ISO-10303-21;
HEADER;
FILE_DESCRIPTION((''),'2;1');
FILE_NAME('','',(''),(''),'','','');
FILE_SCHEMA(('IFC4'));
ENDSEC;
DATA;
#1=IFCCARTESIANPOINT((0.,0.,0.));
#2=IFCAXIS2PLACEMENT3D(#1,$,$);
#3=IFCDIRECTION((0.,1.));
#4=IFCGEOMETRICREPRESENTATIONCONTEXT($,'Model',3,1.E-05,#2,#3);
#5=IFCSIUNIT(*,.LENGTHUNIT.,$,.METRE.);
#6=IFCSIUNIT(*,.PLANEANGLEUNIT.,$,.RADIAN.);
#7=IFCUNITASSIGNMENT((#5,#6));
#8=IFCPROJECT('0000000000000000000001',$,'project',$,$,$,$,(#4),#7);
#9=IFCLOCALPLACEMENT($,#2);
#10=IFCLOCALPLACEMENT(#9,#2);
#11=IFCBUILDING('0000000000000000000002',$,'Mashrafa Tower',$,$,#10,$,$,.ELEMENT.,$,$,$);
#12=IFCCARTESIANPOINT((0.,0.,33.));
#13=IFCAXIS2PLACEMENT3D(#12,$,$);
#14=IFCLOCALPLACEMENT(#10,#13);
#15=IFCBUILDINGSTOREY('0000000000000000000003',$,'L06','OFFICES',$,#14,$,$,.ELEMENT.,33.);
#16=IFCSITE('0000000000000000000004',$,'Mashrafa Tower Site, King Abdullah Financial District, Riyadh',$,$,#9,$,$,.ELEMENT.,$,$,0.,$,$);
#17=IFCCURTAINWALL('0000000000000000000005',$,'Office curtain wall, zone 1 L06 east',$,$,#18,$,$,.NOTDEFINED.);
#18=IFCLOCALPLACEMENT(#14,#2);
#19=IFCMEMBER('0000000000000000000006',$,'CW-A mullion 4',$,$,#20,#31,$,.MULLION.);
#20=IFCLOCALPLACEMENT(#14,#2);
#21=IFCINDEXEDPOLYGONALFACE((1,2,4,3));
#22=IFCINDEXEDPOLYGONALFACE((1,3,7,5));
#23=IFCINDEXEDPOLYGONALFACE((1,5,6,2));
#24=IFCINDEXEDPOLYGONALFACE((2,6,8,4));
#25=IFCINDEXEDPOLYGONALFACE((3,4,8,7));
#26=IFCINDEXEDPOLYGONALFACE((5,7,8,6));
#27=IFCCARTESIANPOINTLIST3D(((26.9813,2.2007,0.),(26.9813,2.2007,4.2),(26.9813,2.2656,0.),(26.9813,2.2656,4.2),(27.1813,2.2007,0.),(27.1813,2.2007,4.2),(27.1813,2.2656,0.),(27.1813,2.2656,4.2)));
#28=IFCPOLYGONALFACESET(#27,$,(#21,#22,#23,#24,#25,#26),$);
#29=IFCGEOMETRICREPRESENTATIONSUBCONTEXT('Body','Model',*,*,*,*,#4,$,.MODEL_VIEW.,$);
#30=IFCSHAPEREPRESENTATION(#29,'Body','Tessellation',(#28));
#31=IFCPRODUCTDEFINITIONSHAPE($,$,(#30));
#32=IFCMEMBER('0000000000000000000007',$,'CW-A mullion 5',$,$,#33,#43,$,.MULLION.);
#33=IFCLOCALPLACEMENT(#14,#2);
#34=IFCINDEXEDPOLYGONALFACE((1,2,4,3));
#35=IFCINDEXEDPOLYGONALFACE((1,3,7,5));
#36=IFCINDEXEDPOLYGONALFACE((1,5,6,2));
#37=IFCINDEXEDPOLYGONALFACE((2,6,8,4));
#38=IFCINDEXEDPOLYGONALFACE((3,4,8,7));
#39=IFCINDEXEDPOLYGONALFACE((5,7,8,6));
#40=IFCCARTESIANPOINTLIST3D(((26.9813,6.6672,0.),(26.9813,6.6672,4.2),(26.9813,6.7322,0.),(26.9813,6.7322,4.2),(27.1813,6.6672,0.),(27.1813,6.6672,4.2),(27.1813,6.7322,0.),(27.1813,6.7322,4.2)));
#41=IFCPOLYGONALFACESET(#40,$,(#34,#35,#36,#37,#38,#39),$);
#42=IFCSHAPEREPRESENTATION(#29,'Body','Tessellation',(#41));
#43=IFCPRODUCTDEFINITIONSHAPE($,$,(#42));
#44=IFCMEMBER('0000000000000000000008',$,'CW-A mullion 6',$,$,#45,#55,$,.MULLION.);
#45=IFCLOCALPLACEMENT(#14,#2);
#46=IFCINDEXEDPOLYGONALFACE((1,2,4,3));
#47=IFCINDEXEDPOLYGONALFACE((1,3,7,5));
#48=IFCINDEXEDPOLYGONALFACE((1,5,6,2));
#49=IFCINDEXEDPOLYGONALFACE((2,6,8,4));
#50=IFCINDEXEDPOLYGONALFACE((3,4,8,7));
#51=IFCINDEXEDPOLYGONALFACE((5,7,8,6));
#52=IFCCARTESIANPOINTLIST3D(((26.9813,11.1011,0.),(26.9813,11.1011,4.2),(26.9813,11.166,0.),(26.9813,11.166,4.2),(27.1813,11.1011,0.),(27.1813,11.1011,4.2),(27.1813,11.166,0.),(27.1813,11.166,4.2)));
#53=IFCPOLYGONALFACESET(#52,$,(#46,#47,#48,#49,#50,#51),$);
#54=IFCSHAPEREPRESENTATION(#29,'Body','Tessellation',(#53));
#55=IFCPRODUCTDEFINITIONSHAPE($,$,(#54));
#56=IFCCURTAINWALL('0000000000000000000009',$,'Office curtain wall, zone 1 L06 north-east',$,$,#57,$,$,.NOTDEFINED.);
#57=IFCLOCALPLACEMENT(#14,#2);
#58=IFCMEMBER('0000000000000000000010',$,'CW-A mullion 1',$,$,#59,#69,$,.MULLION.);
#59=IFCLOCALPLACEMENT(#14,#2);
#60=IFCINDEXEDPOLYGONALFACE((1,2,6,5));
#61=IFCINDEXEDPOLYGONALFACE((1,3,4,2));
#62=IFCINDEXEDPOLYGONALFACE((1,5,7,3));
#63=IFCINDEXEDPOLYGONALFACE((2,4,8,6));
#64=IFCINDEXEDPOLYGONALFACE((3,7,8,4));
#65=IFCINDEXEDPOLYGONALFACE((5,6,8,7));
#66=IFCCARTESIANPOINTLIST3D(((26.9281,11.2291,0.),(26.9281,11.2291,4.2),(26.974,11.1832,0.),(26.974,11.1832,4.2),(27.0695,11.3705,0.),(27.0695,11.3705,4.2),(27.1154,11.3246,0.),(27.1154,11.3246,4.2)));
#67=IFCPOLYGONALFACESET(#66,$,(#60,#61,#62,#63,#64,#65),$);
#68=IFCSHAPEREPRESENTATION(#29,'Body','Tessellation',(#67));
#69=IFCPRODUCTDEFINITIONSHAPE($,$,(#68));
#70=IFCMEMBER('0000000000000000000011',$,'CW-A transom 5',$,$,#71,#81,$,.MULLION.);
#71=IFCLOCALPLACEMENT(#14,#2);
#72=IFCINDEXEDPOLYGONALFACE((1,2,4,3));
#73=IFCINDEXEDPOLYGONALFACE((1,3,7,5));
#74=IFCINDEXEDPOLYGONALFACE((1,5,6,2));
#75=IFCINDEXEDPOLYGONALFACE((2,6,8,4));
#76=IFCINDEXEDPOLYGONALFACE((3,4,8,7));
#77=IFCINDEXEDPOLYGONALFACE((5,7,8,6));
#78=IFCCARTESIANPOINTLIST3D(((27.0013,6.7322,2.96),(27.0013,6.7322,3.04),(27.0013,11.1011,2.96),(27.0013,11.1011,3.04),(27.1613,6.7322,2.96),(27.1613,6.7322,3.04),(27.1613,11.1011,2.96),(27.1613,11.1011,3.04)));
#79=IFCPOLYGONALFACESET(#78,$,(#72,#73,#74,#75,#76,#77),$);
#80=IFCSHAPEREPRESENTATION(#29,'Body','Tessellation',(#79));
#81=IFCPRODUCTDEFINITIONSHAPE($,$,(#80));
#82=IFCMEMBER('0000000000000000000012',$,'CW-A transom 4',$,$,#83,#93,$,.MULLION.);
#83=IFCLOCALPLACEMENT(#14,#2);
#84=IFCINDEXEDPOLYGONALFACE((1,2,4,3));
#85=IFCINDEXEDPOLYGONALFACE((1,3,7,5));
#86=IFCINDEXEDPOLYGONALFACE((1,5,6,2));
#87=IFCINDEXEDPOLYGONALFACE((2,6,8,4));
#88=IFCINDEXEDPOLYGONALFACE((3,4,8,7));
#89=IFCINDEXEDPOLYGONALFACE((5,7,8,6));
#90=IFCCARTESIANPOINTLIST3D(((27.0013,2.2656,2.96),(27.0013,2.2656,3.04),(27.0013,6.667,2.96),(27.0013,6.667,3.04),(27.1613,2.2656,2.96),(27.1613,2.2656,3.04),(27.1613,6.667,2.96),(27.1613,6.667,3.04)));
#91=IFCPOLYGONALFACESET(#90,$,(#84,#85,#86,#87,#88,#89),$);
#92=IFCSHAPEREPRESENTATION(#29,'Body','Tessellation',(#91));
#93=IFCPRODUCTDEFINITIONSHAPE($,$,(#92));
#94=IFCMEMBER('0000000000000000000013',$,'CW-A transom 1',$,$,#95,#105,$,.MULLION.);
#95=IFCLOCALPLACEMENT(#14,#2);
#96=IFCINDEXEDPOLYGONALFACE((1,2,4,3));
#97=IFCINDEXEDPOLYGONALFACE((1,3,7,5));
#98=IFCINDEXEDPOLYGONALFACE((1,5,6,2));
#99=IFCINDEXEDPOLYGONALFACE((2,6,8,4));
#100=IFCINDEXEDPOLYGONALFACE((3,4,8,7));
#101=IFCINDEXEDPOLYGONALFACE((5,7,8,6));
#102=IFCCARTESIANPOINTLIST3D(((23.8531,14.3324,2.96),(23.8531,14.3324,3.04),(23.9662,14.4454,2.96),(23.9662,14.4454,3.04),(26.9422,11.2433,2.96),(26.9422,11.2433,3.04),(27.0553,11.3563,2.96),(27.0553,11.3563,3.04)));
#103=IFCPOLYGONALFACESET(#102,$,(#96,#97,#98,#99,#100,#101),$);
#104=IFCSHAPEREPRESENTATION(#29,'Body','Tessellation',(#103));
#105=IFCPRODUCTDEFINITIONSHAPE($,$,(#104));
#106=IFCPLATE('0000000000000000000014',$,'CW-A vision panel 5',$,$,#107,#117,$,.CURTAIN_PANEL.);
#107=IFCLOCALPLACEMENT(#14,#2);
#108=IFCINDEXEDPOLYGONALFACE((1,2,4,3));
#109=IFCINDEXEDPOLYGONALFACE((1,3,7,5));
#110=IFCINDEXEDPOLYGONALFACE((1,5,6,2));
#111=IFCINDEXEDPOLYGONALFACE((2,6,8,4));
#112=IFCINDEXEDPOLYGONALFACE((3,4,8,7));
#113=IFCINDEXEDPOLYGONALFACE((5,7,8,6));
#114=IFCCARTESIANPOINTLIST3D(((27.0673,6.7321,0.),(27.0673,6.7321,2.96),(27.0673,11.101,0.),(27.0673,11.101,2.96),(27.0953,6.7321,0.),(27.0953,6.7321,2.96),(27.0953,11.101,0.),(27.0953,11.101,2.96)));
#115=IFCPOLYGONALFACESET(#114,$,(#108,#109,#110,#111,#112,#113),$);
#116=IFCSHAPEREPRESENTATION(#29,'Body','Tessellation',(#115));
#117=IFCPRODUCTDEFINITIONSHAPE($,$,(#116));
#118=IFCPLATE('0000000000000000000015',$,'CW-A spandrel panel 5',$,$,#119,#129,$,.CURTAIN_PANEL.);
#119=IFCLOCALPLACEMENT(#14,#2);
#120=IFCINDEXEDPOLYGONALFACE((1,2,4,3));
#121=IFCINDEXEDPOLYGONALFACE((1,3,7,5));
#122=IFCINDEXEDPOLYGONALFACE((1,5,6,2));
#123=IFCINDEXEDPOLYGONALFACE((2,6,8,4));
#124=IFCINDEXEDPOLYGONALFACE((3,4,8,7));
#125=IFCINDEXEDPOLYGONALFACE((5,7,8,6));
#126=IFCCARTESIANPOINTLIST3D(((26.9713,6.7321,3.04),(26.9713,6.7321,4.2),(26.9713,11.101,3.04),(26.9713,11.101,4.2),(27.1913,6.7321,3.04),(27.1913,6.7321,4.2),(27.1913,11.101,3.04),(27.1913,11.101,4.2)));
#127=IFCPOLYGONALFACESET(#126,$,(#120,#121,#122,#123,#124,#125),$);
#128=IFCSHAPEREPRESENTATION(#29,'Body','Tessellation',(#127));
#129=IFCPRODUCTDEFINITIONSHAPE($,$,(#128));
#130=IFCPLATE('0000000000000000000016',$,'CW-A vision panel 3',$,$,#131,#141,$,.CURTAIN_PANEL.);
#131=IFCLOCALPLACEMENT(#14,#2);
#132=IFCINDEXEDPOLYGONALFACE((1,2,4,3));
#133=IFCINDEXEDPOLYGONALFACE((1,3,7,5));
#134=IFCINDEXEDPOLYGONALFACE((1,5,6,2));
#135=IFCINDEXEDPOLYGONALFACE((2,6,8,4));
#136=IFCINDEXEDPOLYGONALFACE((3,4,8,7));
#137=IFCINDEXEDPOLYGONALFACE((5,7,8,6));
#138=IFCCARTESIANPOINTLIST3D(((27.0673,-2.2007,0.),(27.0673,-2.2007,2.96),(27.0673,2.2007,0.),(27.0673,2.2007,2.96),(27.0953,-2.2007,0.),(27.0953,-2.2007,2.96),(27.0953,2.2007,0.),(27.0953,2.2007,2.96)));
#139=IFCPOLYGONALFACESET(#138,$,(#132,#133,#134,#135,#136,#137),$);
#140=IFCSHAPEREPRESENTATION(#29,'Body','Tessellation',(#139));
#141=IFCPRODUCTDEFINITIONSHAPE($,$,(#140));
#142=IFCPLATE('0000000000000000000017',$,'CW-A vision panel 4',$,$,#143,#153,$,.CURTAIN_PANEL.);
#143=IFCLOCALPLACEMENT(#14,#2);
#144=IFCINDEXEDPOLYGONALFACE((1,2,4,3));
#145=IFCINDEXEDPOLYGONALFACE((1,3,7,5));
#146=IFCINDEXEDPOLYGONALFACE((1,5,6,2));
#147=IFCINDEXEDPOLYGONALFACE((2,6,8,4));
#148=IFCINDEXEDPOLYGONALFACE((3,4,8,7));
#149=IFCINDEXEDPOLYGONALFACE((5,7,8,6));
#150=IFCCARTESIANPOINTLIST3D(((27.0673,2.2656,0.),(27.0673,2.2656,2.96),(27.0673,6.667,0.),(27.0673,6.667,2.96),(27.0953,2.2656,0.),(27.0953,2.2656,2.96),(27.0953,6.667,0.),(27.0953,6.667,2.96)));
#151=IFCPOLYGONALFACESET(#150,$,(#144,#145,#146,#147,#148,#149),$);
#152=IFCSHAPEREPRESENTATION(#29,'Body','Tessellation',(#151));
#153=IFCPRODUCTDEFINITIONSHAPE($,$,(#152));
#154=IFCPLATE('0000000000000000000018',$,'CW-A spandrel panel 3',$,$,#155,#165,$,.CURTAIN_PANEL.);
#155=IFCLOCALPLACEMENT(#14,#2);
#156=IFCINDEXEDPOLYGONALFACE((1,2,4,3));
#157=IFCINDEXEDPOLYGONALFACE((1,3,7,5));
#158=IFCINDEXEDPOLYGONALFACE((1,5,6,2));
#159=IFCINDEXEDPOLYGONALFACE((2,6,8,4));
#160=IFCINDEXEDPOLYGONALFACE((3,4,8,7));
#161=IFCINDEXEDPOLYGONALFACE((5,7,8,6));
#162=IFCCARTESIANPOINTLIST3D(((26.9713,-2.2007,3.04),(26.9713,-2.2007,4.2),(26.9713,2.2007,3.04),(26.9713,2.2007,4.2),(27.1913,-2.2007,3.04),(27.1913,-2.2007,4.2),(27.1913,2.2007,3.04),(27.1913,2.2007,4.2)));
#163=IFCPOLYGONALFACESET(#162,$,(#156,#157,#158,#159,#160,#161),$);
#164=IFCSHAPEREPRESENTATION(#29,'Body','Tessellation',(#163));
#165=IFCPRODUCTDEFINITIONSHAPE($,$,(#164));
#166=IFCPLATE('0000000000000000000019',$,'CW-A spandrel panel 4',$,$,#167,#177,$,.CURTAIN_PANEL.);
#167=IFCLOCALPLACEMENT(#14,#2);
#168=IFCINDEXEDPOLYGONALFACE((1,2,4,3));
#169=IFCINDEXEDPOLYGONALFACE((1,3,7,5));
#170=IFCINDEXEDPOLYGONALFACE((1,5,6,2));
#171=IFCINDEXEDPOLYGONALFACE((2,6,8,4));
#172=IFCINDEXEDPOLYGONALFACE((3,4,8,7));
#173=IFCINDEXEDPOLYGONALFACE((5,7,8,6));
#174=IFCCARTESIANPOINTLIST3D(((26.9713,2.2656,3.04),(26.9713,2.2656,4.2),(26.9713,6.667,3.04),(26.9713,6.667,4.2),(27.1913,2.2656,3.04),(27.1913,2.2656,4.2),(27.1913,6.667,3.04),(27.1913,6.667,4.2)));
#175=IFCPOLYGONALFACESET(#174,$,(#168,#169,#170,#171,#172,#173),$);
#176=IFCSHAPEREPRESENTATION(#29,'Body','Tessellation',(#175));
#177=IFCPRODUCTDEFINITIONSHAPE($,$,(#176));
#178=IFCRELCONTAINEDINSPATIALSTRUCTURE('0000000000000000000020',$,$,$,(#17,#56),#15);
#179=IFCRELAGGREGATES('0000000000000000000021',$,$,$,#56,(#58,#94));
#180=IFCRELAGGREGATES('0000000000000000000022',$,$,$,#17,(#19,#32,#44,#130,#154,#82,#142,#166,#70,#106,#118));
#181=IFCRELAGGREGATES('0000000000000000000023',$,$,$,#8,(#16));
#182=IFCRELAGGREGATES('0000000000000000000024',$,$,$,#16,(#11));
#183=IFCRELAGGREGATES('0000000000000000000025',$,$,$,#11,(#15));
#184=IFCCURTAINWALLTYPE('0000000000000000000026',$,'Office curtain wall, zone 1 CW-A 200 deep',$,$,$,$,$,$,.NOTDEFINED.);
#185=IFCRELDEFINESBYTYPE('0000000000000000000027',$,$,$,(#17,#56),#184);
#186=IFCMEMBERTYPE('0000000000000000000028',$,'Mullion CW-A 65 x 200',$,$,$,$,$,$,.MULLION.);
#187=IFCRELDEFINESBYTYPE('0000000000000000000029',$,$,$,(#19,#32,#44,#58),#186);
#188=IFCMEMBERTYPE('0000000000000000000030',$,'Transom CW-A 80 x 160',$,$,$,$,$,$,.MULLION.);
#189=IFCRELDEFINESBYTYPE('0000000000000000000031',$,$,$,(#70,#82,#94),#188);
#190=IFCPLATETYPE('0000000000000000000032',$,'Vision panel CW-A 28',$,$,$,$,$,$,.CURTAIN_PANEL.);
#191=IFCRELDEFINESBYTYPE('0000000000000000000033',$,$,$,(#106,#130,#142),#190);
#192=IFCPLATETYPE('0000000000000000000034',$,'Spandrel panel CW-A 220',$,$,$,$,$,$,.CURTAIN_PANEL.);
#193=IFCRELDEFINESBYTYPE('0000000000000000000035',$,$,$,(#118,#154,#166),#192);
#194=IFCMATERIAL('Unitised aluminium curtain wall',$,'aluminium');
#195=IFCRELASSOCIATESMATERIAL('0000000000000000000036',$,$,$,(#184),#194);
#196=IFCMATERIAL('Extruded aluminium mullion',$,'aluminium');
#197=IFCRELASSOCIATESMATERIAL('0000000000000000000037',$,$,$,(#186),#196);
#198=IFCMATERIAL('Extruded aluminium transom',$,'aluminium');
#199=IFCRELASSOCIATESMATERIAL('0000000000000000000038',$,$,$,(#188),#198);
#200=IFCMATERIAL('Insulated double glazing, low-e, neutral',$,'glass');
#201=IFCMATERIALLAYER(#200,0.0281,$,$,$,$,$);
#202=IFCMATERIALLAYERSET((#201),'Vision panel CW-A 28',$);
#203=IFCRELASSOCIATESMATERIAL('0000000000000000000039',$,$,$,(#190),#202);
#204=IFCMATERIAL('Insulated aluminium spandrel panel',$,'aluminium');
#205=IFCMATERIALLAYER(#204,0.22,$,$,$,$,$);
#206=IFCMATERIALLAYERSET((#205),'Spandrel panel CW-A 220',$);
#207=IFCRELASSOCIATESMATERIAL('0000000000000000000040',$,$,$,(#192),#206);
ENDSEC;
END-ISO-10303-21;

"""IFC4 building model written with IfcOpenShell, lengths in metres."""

from ifc_helpers import new_model, si_unit, direction, frame, origin, origin_2d, place, context, subcontext, project, spatial, rectangle, extrude, source, transform, mapped, material, layer, layer_set, material_profile, profile_set, type_object, type_shapes, element, aggregate, save


model = new_model("IFC4")

# Units and contexts
model_context = context("Model", 3, precision=1e-05, world=origin(), true_north=direction((0.0, 1.0)))
body_context = subcontext(model_context, "Body", "Model", "MODEL_VIEW")
ifc_project = project(units=[si_unit("LENGTHUNIT", "METRE"), si_unit("PLANEANGLEUNIT", "RADIAN")], contexts=[model_context])

# Site, building, storey
site_placement = place(None, origin())
site = spatial("IfcSite", under=ifc_project, at=site_placement, Name="Mashrafa Tower Site, King Abdullah Financial District, Riyadh", CompositionType="ELEMENT", RefElevation=0.0)
building_placement = place(site_placement, origin())
building = spatial("IfcBuilding", under=site, at=building_placement, Name="Mashrafa Tower", CompositionType="ELEMENT")
storey_placement = place(building_placement, frame((0.0, 0.0, 33.0)))
storey = spatial("IfcBuildingStorey", under=building, at=storey_placement, Name="L06", Description="OFFICES", CompositionType="ELEMENT", Elevation=33.0)

# Curtain wall, members
ifc_material_1 = material(Name="Unitised aluminium curtain wall", Category="aluminium")
curtain_wall_type = type_object("IfcCurtainWallType", Name="Office curtain wall, zone 1 CW-A 200 deep", PredefinedType="NOTDEFINED", material=ifc_material_1)
curtain_wall_1_placement = place(storey_placement, origin())
curtain_wall_1 = element("IfcCurtainWall", 1, at=curtain_wall_1_placement, inside=storey, type_object=curtain_wall_type, Name="Office curtain wall, zone 1 L06 east", PredefinedType="NOTDEFINED")
ifc_material_2 = material(Name="Extruded aluminium mullion", Category="aluminium")
ifc_material_profile_1 = material_profile(ifc_material_2, rectangle(XDim=0.2, YDim=0.0649, at=origin_2d()), Name="Mullion 65x200")
ifc_profile_set_1 = profile_set([ifc_material_profile_1], Name="Extruded aluminium mullion")
member_type_1 = type_object("IfcMemberType", Name="Mullion CW-A 65 x 200", PredefinedType="MULLION", material=ifc_profile_set_1)
shared_shape_1 = source(origin(), body_context, "Body", "SweptSolid", [
    extrude(rectangle(XDim=0.2, YDim=0.0649, at=origin_2d()), origin(), (0.0, 0.0, 1.0), 4.2),
])
type_shapes(member_type_1, [shared_shape_1])
member_1_placement = place(storey_placement, frame((27.0813, 2.2332, 0.0), z_axis=(0.0, 0.0, 1.0), x_axis=(-1.0, 0.0, 0.0)))
member_1 = element("IfcMember", 2, at=member_1_placement, type_object=member_type_1, Name="CW-A mullion 4", PredefinedType="MULLION", context=body_context, shape_type="MappedRepresentation", body=[
    mapped(shared_shape_1, transform((0.0, 0.0, 0.0))),
])
member_2_placement = place(storey_placement, frame((27.0813, 6.6997, 0.0), z_axis=(0.0, 0.0, 1.0), x_axis=(-1.0, 0.0, 0.0)))
member_2 = element("IfcMember", 3, at=member_2_placement, type_object=member_type_1, Name="CW-A mullion 5", PredefinedType="MULLION", context=body_context, shape_type="MappedRepresentation", body=[
    mapped(shared_shape_1, transform((0.0, 0.0, 0.0))),
])
member_3_placement = place(storey_placement, frame((27.0813, 11.1335, 0.0), z_axis=(0.0, 0.0, 1.0), x_axis=(-1.0, 0.0, 0.0)))
member_3 = element("IfcMember", 4, at=member_3_placement, type_object=member_type_1, Name="CW-A mullion 6", PredefinedType="MULLION", context=body_context, shape_type="MappedRepresentation", body=[
    mapped(shared_shape_1, transform((0.0, 0.0, 0.0))),
])

# Curtain wall, member
curtain_wall_2_placement = place(storey_placement, origin())
curtain_wall_2 = element("IfcCurtainWall", 5, at=curtain_wall_2_placement, inside=storey, type_object=curtain_wall_type, Name="Office curtain wall, zone 1 L06 north-east", PredefinedType="NOTDEFINED")
member_4_placement = place(storey_placement, frame((27.0217, 11.2769, 0.0), z_axis=(0.0, 0.0, 1.0), x_axis=(-0.707107, -0.707107, 0.0)))
member_4 = element("IfcMember", 6, at=member_4_placement, type_object=member_type_1, Name="CW-A mullion 1", PredefinedType="MULLION", context=body_context, shape_type="MappedRepresentation", body=[
    mapped(shared_shape_1, transform((0.0, 0.0, 0.0))),
])

# Members
ifc_material_3 = material(Name="Extruded aluminium transom", Category="aluminium")
ifc_material_profile_2 = material_profile(ifc_material_3, rectangle(XDim=0.1599, YDim=0.0801, at=origin_2d()), Name="Transom 80x160")
ifc_profile_set_2 = profile_set([ifc_material_profile_2], Name="Extruded aluminium transom")
member_type_2 = type_object("IfcMemberType", Name="Transom CW-A 80 x 160", PredefinedType="MULLION", material=ifc_profile_set_2)
shared_shape_2 = source(origin(), body_context, "Body", "SweptSolid", [
    extrude(rectangle(XDim=0.1599, YDim=0.0801, at=origin_2d()), origin(), (0.0, 0.0, 1.0), 4.3689),
])
member_5_placement = place(storey_placement, frame((27.0813, 6.7322, 3.0), z_axis=(0.0, 1.0, 0.0), x_axis=(-1.0, 0.0, 0.0)))
member_5 = element("IfcMember", 7, at=member_5_placement, type_object=member_type_2, Name="CW-A transom 5", PredefinedType="MULLION", context=body_context, shape_type="MappedRepresentation", body=[
    mapped(shared_shape_2, transform((0.0, 0.0, 0.0))),
])
shared_shape_3 = source(origin(), body_context, "Body", "SweptSolid", [
    extrude(rectangle(XDim=0.1599, YDim=0.0801, at=origin_2d()), origin(), (0.0, 0.0, 1.0), 4.4014),
])
member_6_placement = place(storey_placement, frame((27.0813, 2.2656, 3.0), z_axis=(0.0, 1.0, 0.0), x_axis=(-1.0, 0.0, 0.0)))
member_6 = element("IfcMember", 8, at=member_6_placement, type_object=member_type_2, Name="CW-A transom 4", PredefinedType="MULLION", context=body_context, shape_type="MappedRepresentation", body=[
    mapped(shared_shape_3, transform((0.0, 0.0, 0.0))),
])
shared_shape_4 = source(origin(), body_context, "Body", "SweptSolid", [
    extrude(rectangle(XDim=0.1599, YDim=0.0801, at=origin_2d()), origin(), (0.0, 0.0, 1.0), 4.3687),
])
type_shapes(member_type_2, [shared_shape_2, shared_shape_3, shared_shape_4])
member_7_placement = place(storey_placement, frame((26.9988, 11.2998, 3.0), z_axis=(-0.707107, 0.707107, 0.0), x_axis=(-0.707107, -0.707107, 0.0)))
member_7 = element("IfcMember", 9, at=member_7_placement, type_object=member_type_2, Name="CW-A transom 1", PredefinedType="MULLION", context=body_context, shape_type="MappedRepresentation", body=[
    mapped(shared_shape_4, transform((0.0, 0.0, 0.0))),
])
aggregate(curtain_wall_2, [member_4, member_7])

# Plates
ifc_material_4 = material(Name="Insulated double glazing, low-e, neutral", Category="glass")
ifc_layer_1 = layer(ifc_material_4, 0.0281)
ifc_layer_set_1 = layer_set([ifc_layer_1], Name="Vision panel CW-A 28")
plate_type_1 = type_object("IfcPlateType", Name="Vision panel CW-A 28", PredefinedType="CURTAIN_PANEL", material=ifc_layer_set_1)
shared_shape_5 = source(origin(), body_context, "Body", "SweptSolid", [
    extrude(rectangle(XDim=4.3689, YDim=0.0281, at=origin_2d()), origin(), (0.0, 0.0, 1.0), 2.96),
])
plate_1_placement = place(storey_placement, frame((27.0813, 8.9165, 0.0), z_axis=(0.0, 0.0, 1.0), x_axis=(0.0, 1.0, 0.0)))
plate_1 = element("IfcPlate", 10, at=plate_1_placement, type_object=plate_type_1, Name="CW-A vision panel 5", PredefinedType="CURTAIN_PANEL", context=body_context, shape_type="MappedRepresentation", body=[
    mapped(shared_shape_5, transform((0.0, 0.0, 0.0))),
])
ifc_material_5 = material(Name="Insulated aluminium spandrel panel", Category="aluminium")
ifc_layer_2 = layer(ifc_material_5, 0.22)
ifc_layer_set_2 = layer_set([ifc_layer_2], Name="Spandrel panel CW-A 220")
plate_type_2 = type_object("IfcPlateType", Name="Spandrel panel CW-A 220", PredefinedType="CURTAIN_PANEL", material=ifc_layer_set_2)
shared_shape_6 = source(origin(), body_context, "Body", "SweptSolid", [
    extrude(rectangle(XDim=4.3689, YDim=0.22, at=origin_2d()), origin(), (0.0, 0.0, 1.0), 1.1599),
])
plate_2_placement = place(storey_placement, frame((27.0813, 8.9165, 3.04), z_axis=(0.0, 0.0, 1.0), x_axis=(0.0, 1.0, 0.0)))
plate_2 = element("IfcPlate", 11, at=plate_2_placement, type_object=plate_type_2, Name="CW-A spandrel panel 5", PredefinedType="CURTAIN_PANEL", context=body_context, shape_type="MappedRepresentation", body=[
    mapped(shared_shape_6, transform((0.0, 0.0, 0.0))),
])
shared_shape_7 = source(origin(), body_context, "Body", "SweptSolid", [
    extrude(rectangle(XDim=4.4014, YDim=0.0281, at=origin_2d()), origin(), (0.0, 0.0, 1.0), 2.96),
])
type_shapes(plate_type_1, [shared_shape_5, shared_shape_7])
plate_3_placement = place(storey_placement, frame((27.0813, 0.0, 0.0), z_axis=(0.0, 0.0, 1.0), x_axis=(0.0, 1.0, 0.0)))
plate_3 = element("IfcPlate", 12, at=plate_3_placement, type_object=plate_type_1, Name="CW-A vision panel 3", PredefinedType="CURTAIN_PANEL", context=body_context, shape_type="MappedRepresentation", body=[
    mapped(shared_shape_7, transform((0.0, 0.0, 0.0))),
])
plate_4_placement = place(storey_placement, frame((27.0813, 4.4663, 0.0), z_axis=(0.0, 0.0, 1.0), x_axis=(0.0, 1.0, 0.0)))
plate_4 = element("IfcPlate", 13, at=plate_4_placement, type_object=plate_type_1, Name="CW-A vision panel 4", PredefinedType="CURTAIN_PANEL", context=body_context, shape_type="MappedRepresentation", body=[
    mapped(shared_shape_7, transform((0.0, 0.0, 0.0))),
])
shared_shape_8 = source(origin(), body_context, "Body", "SweptSolid", [
    extrude(rectangle(XDim=4.4014, YDim=0.22, at=origin_2d()), origin(), (0.0, 0.0, 1.0), 1.1599),
])
type_shapes(plate_type_2, [shared_shape_6, shared_shape_8])
plate_5_placement = place(storey_placement, frame((27.0813, 0.0, 3.04), z_axis=(0.0, 0.0, 1.0), x_axis=(0.0, 1.0, 0.0)))
plate_5 = element("IfcPlate", 14, at=plate_5_placement, type_object=plate_type_2, Name="CW-A spandrel panel 3", PredefinedType="CURTAIN_PANEL", context=body_context, shape_type="MappedRepresentation", body=[
    mapped(shared_shape_8, transform((0.0, 0.0, 0.0))),
])
plate_6_placement = place(storey_placement, frame((27.0813, 4.4663, 3.04), z_axis=(0.0, 0.0, 1.0), x_axis=(0.0, 1.0, 0.0)))
plate_6 = element("IfcPlate", 15, at=plate_6_placement, type_object=plate_type_2, Name="CW-A spandrel panel 4", PredefinedType="CURTAIN_PANEL", context=body_context, shape_type="MappedRepresentation", body=[
    mapped(shared_shape_8, transform((0.0, 0.0, 0.0))),
])
aggregate(curtain_wall_1, [member_1, member_2, member_3, plate_3, plate_5, member_6, plate_4, plate_6, member_5, plate_1, plate_2])

save(model, "model.ifc")
